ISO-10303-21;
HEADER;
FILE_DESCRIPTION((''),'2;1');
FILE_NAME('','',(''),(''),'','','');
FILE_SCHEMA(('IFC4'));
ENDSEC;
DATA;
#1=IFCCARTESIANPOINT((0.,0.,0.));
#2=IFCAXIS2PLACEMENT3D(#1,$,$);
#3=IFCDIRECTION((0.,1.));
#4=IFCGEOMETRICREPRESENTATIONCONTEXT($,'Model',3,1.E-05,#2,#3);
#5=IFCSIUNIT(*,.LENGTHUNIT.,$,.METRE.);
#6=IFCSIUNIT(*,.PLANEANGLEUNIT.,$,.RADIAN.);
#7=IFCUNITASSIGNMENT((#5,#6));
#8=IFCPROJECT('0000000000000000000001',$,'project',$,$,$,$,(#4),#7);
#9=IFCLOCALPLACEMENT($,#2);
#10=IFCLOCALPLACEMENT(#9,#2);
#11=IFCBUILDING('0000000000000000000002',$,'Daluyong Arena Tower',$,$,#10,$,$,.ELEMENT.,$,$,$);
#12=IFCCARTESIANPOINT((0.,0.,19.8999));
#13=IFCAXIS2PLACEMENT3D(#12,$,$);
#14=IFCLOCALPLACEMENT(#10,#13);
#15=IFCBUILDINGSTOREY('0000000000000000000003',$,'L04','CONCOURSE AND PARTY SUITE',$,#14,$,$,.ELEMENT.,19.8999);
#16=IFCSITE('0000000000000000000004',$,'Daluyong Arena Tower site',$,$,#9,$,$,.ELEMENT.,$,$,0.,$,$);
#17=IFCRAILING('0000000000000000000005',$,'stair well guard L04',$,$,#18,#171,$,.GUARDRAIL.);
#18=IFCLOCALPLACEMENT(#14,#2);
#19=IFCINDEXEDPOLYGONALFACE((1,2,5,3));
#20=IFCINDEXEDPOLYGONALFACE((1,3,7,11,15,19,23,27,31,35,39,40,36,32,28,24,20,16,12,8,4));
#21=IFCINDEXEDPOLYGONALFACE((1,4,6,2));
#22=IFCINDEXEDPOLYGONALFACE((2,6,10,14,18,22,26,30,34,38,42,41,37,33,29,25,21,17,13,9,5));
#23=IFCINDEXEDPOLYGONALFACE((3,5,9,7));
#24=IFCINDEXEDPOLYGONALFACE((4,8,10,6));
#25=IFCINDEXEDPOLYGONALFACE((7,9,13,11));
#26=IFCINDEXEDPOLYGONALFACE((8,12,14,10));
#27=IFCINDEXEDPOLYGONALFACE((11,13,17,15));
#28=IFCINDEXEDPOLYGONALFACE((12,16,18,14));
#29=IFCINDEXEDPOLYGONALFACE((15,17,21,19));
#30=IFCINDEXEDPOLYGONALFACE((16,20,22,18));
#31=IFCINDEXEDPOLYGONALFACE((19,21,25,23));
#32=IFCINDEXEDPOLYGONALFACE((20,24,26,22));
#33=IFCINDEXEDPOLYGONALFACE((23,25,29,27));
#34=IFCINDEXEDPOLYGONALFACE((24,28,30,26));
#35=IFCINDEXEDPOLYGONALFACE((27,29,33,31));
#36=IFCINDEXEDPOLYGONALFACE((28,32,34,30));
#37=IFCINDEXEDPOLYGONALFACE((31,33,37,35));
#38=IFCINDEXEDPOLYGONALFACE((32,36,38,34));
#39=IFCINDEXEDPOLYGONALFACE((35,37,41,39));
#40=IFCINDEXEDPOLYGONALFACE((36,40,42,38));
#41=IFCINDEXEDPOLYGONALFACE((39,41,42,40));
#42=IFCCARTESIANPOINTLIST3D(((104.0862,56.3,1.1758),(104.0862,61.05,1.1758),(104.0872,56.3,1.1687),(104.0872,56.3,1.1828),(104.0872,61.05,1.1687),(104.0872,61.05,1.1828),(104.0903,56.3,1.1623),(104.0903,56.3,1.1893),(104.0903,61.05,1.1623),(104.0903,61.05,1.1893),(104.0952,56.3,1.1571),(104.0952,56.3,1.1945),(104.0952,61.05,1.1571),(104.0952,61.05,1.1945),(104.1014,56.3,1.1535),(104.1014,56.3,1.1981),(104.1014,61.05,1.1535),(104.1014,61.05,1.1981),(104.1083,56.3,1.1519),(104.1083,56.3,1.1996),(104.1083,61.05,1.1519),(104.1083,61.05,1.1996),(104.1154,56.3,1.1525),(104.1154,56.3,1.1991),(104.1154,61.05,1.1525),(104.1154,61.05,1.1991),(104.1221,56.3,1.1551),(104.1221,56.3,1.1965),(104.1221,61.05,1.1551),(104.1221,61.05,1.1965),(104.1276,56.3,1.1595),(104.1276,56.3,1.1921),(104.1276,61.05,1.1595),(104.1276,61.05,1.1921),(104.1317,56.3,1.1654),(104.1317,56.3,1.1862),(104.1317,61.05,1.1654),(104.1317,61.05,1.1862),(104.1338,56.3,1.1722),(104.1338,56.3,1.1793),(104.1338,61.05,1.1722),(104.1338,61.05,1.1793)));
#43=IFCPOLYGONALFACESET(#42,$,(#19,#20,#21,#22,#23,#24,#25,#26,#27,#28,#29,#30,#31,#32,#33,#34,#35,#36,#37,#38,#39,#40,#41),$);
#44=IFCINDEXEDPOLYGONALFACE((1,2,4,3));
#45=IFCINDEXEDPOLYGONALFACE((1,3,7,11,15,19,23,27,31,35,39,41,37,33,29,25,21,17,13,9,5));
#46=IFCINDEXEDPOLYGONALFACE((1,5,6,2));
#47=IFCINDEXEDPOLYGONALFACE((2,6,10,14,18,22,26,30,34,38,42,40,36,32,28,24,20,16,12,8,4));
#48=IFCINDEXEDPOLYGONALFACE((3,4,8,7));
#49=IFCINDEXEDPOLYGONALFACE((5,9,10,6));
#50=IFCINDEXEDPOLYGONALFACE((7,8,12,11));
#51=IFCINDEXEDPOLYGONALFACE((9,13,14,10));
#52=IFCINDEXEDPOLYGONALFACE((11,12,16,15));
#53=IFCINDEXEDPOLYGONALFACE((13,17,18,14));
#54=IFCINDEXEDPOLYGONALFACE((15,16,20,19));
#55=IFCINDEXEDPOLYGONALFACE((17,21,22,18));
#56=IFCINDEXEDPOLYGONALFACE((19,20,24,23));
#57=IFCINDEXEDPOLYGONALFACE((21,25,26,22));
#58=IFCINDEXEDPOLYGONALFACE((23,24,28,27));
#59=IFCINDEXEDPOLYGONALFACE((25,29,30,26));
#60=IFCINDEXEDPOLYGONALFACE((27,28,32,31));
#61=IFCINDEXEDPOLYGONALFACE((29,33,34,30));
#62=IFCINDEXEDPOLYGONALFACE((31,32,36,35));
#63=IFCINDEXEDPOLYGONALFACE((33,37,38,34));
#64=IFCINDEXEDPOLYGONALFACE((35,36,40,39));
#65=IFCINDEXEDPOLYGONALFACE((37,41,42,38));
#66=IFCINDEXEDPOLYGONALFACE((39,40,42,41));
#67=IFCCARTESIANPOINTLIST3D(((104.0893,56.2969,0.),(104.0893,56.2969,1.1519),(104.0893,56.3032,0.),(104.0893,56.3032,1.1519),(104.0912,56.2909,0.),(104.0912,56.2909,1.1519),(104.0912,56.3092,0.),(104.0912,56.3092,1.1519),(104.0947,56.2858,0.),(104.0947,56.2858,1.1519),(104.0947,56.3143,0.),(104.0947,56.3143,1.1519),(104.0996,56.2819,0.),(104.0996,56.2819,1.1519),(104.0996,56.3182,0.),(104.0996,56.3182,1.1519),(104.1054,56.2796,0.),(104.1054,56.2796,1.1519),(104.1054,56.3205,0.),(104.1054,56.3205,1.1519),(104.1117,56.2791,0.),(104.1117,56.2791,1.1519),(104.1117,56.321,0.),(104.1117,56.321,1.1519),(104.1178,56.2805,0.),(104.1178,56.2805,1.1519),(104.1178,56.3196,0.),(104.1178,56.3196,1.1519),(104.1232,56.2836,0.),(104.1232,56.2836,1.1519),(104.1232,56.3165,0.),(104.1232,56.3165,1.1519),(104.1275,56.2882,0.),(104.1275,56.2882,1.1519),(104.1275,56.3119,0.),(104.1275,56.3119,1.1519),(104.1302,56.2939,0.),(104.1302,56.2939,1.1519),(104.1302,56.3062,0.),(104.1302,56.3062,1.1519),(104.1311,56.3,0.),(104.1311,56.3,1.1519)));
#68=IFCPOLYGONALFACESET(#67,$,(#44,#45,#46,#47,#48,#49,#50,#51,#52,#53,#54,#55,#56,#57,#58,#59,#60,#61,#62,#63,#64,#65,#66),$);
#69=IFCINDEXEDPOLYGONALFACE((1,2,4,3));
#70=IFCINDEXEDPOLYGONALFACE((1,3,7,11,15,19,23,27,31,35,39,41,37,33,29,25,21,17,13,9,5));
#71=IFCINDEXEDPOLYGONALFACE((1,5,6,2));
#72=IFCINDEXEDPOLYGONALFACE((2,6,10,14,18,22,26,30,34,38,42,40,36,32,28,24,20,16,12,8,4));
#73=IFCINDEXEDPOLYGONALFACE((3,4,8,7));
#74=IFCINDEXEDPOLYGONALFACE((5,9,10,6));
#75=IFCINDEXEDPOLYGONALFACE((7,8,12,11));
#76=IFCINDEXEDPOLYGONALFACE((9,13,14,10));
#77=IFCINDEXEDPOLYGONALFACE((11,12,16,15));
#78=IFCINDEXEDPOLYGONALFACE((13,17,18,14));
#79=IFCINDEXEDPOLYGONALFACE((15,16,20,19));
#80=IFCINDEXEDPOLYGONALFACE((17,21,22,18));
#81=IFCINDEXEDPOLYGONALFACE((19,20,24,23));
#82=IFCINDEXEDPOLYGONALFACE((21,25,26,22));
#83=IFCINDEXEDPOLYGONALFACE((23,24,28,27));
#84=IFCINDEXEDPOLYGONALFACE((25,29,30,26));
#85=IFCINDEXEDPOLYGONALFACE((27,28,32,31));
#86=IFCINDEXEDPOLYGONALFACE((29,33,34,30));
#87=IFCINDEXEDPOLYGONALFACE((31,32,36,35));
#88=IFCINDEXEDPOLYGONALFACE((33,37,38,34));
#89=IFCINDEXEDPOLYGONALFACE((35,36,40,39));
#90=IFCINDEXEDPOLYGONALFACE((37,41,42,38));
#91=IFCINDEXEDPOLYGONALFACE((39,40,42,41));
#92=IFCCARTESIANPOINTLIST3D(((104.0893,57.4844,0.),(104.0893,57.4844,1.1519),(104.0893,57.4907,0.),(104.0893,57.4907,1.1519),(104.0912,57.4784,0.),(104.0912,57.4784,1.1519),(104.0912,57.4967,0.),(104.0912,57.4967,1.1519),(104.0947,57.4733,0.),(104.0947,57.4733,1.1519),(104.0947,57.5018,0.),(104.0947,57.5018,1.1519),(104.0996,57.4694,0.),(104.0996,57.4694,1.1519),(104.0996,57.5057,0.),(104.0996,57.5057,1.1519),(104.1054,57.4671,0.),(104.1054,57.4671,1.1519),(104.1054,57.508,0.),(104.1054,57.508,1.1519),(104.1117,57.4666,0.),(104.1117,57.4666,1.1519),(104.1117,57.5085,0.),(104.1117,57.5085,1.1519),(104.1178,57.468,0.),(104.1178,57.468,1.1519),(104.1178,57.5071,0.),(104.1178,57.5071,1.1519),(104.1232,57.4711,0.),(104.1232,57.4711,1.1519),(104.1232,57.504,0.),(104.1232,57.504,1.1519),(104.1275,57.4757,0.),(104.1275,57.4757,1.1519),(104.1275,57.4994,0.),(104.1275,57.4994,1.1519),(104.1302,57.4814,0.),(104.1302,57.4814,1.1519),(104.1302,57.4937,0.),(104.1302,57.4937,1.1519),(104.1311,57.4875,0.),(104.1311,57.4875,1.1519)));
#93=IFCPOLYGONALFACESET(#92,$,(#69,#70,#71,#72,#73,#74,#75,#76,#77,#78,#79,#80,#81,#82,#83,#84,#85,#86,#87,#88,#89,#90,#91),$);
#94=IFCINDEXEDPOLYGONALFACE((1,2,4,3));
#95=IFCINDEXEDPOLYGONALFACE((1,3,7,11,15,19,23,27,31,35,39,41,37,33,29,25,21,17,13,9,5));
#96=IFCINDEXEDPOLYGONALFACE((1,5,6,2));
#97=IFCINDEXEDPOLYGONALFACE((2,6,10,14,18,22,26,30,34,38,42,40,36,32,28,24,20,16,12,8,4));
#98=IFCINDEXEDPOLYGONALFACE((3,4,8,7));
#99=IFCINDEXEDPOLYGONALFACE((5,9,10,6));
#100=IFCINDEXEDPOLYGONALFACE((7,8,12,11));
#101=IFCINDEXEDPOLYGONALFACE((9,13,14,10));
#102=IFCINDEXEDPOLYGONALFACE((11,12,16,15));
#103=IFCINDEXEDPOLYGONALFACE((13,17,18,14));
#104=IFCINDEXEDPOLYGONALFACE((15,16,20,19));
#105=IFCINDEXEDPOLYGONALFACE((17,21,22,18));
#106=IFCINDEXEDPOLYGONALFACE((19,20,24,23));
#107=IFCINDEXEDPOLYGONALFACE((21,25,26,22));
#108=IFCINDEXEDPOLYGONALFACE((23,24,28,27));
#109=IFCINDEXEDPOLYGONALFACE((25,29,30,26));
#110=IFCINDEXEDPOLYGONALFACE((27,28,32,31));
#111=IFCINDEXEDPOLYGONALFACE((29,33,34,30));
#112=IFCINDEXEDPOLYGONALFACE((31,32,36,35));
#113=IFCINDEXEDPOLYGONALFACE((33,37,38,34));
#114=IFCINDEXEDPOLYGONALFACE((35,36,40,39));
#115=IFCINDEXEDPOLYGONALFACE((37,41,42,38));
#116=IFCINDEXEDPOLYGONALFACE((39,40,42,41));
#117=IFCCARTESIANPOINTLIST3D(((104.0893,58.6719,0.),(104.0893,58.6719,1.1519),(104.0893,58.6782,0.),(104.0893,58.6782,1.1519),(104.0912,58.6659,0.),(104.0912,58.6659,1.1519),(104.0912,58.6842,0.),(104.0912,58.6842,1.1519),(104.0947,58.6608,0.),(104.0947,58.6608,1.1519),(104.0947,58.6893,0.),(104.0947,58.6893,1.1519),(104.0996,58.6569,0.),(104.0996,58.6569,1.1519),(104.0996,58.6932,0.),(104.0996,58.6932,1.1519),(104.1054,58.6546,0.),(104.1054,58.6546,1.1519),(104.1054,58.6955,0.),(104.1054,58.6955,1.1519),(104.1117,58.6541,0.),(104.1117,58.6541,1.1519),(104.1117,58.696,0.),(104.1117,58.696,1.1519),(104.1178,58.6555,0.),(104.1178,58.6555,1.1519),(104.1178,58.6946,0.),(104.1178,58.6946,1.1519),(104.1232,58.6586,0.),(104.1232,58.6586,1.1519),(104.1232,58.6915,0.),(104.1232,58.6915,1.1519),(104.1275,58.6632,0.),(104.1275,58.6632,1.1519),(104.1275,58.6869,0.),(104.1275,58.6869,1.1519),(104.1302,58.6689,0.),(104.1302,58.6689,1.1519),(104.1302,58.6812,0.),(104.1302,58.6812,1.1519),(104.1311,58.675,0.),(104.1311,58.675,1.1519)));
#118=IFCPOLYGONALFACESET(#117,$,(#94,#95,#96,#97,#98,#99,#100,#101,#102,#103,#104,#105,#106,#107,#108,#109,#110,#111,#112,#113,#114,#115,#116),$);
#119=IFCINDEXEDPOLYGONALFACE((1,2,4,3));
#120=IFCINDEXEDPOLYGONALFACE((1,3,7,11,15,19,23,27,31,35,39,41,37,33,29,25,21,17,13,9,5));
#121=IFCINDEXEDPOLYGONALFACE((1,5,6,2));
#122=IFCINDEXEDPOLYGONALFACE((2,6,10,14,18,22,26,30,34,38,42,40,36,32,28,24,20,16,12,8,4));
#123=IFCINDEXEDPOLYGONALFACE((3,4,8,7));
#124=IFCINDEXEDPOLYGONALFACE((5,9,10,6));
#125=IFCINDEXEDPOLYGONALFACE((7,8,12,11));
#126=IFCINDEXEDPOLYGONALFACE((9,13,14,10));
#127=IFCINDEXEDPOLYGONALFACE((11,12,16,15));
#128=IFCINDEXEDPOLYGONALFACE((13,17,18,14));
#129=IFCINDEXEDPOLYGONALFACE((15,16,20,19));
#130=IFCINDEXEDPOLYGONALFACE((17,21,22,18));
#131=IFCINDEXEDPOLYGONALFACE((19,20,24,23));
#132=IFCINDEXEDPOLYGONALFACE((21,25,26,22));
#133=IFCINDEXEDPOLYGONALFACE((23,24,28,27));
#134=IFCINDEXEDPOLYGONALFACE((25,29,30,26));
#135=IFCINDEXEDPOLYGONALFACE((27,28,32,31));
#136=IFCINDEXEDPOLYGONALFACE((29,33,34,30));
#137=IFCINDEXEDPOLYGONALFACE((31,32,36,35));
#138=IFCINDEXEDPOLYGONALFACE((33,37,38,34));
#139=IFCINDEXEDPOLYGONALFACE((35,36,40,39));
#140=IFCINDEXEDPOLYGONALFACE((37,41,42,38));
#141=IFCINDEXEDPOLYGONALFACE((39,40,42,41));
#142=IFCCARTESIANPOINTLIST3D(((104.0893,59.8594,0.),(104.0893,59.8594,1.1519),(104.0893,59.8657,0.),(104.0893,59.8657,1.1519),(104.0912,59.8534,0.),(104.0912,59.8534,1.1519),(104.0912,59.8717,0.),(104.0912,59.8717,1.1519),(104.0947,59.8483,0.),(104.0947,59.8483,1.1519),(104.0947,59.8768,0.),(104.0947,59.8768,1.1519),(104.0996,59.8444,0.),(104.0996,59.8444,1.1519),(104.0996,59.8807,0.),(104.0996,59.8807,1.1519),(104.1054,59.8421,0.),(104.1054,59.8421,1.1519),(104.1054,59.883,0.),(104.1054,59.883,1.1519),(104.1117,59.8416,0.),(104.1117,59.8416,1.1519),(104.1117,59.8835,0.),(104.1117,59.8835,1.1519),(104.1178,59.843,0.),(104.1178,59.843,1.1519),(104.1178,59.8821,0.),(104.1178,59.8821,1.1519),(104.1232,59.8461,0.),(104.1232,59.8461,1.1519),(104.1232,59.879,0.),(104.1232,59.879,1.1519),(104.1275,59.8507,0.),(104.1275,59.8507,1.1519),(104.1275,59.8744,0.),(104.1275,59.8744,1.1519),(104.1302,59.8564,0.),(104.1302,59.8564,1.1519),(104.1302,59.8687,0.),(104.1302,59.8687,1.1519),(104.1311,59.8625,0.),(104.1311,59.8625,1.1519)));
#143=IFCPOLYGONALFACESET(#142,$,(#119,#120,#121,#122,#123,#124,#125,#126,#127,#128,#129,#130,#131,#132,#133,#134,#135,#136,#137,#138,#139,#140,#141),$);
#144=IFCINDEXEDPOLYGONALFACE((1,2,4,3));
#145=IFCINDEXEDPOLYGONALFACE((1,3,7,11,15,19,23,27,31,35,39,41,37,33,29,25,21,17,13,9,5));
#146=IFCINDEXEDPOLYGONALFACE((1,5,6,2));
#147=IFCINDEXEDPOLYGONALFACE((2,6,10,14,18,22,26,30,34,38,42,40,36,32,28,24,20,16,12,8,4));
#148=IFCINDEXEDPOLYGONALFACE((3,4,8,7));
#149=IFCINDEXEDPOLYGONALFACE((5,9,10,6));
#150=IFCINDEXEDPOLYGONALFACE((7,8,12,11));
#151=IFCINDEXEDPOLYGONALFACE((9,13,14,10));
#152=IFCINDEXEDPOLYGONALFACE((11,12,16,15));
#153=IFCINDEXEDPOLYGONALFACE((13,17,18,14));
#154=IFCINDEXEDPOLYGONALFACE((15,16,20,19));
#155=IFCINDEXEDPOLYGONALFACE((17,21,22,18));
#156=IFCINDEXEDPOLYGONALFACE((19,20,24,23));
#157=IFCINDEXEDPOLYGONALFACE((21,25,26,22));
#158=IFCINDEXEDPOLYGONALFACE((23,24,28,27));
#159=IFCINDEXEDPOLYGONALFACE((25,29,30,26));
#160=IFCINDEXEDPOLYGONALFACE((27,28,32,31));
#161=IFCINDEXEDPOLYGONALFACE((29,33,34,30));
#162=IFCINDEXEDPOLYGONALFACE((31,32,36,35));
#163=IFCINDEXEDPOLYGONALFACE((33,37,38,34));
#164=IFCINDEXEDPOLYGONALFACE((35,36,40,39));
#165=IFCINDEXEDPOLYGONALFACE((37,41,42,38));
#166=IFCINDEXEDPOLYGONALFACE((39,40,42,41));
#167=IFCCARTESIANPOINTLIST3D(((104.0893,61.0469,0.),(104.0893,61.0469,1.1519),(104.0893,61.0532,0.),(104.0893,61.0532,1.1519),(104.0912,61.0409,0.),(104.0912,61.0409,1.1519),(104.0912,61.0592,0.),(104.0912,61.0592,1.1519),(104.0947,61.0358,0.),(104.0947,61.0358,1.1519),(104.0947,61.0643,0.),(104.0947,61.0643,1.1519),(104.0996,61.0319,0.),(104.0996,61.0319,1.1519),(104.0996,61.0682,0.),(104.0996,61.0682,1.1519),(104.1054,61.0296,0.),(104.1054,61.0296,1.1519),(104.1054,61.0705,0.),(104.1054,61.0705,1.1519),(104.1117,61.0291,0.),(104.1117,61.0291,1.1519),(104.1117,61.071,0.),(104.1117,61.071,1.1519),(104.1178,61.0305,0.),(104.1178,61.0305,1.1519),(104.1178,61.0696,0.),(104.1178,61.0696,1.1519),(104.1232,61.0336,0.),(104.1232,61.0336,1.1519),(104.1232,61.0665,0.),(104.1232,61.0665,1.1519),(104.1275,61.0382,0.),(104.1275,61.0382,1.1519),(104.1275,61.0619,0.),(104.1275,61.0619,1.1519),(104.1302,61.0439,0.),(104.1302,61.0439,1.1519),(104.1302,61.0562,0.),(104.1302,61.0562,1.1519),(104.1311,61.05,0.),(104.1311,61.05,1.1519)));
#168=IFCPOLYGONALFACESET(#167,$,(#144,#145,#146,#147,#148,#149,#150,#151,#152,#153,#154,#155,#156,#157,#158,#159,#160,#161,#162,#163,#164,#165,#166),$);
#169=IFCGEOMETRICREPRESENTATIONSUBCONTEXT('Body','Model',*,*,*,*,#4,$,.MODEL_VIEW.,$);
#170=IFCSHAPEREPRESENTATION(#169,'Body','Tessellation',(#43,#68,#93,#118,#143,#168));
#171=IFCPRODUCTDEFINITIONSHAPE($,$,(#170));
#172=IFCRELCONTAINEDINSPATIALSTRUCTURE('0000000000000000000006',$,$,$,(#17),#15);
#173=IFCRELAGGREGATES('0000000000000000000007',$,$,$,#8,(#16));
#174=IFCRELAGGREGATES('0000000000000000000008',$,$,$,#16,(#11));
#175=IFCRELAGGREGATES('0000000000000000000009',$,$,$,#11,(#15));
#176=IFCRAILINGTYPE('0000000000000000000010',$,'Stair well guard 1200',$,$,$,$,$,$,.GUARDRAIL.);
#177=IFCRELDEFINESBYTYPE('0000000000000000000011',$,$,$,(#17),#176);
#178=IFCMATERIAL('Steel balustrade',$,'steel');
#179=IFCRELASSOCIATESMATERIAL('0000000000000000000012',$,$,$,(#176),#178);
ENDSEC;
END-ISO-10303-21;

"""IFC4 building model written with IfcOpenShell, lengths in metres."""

from ifc_helpers import new_model, si_unit, direction, frame, origin, origin_2d, place, context, subcontext, project, spatial, circle, extrude, material, type_object, element, save


model = new_model("IFC4")

# Units and contexts
model_context = context("Model", 3, precision=1e-05, world=origin(), true_north=direction((0.0, 1.0)))
body_context = subcontext(model_context, "Body", "Model", "MODEL_VIEW")
ifc_project = project(units=[si_unit("LENGTHUNIT", "METRE"), si_unit("PLANEANGLEUNIT", "RADIAN")], contexts=[model_context])

# Site, building, storey
site_placement = place(None, origin())
site = spatial("IfcSite", under=ifc_project, at=site_placement, Name="Daluyong Arena Tower site", CompositionType="ELEMENT", RefElevation=0.0)
building_placement = place(site_placement, origin())
building = spatial("IfcBuilding", under=site, at=building_placement, Name="Daluyong Arena Tower", CompositionType="ELEMENT")
storey_placement = place(building_placement, frame((0.0, 0.0, 19.8999)))
storey = spatial("IfcBuildingStorey", under=building, at=storey_placement, Name="L04", Description="CONCOURSE AND PARTY SUITE", CompositionType="ELEMENT", Elevation=19.8999)

# Railing
ifc_material_1 = material(Name="Steel balustrade", Category="steel")
railing_type = type_object("IfcRailingType", Name="Stair well guard 1200", PredefinedType="GUARDRAIL", material=ifc_material_1)
railing_placement = place(storey_placement, frame((104.1101, 56.3, 0.0)))
element("IfcRailing", 1, at=railing_placement, inside=storey, type_object=railing_type, Name="stair well guard L04", PredefinedType="GUARDRAIL", context=body_context, shape_type="SweptSolid", body=[
    extrude(circle(Radius=0.0239, at=origin_2d()), frame((0.0, 0.0, 1.1758), z_axis=(0.0, 1.0, 0.0), x_axis=(-1.0, 0.0, 0.0)), (0.0, 0.0, 1.0), 4.75),
    extrude(circle(Radius=0.021, at=origin_2d()), origin(), (0.0, 0.0, 1.0), 1.1519),
    extrude(circle(Radius=0.021, at=origin_2d()), frame((0.0, 1.1875, 0.0)), (0.0, 0.0, 1.0), 1.1519),
    extrude(circle(Radius=0.021, at=origin_2d()), frame((0.0, 2.375, 0.0)), (0.0, 0.0, 1.0), 1.1519),
    extrude(circle(Radius=0.021, at=origin_2d()), frame((0.0, 3.5625, 0.0)), (0.0, 0.0, 1.0), 1.1519),
    extrude(circle(Radius=0.021, at=origin_2d()), frame((0.0, 4.75, 0.0)), (0.0, 0.0, 1.0), 1.1519),
])

save(model, "model.ifc")
